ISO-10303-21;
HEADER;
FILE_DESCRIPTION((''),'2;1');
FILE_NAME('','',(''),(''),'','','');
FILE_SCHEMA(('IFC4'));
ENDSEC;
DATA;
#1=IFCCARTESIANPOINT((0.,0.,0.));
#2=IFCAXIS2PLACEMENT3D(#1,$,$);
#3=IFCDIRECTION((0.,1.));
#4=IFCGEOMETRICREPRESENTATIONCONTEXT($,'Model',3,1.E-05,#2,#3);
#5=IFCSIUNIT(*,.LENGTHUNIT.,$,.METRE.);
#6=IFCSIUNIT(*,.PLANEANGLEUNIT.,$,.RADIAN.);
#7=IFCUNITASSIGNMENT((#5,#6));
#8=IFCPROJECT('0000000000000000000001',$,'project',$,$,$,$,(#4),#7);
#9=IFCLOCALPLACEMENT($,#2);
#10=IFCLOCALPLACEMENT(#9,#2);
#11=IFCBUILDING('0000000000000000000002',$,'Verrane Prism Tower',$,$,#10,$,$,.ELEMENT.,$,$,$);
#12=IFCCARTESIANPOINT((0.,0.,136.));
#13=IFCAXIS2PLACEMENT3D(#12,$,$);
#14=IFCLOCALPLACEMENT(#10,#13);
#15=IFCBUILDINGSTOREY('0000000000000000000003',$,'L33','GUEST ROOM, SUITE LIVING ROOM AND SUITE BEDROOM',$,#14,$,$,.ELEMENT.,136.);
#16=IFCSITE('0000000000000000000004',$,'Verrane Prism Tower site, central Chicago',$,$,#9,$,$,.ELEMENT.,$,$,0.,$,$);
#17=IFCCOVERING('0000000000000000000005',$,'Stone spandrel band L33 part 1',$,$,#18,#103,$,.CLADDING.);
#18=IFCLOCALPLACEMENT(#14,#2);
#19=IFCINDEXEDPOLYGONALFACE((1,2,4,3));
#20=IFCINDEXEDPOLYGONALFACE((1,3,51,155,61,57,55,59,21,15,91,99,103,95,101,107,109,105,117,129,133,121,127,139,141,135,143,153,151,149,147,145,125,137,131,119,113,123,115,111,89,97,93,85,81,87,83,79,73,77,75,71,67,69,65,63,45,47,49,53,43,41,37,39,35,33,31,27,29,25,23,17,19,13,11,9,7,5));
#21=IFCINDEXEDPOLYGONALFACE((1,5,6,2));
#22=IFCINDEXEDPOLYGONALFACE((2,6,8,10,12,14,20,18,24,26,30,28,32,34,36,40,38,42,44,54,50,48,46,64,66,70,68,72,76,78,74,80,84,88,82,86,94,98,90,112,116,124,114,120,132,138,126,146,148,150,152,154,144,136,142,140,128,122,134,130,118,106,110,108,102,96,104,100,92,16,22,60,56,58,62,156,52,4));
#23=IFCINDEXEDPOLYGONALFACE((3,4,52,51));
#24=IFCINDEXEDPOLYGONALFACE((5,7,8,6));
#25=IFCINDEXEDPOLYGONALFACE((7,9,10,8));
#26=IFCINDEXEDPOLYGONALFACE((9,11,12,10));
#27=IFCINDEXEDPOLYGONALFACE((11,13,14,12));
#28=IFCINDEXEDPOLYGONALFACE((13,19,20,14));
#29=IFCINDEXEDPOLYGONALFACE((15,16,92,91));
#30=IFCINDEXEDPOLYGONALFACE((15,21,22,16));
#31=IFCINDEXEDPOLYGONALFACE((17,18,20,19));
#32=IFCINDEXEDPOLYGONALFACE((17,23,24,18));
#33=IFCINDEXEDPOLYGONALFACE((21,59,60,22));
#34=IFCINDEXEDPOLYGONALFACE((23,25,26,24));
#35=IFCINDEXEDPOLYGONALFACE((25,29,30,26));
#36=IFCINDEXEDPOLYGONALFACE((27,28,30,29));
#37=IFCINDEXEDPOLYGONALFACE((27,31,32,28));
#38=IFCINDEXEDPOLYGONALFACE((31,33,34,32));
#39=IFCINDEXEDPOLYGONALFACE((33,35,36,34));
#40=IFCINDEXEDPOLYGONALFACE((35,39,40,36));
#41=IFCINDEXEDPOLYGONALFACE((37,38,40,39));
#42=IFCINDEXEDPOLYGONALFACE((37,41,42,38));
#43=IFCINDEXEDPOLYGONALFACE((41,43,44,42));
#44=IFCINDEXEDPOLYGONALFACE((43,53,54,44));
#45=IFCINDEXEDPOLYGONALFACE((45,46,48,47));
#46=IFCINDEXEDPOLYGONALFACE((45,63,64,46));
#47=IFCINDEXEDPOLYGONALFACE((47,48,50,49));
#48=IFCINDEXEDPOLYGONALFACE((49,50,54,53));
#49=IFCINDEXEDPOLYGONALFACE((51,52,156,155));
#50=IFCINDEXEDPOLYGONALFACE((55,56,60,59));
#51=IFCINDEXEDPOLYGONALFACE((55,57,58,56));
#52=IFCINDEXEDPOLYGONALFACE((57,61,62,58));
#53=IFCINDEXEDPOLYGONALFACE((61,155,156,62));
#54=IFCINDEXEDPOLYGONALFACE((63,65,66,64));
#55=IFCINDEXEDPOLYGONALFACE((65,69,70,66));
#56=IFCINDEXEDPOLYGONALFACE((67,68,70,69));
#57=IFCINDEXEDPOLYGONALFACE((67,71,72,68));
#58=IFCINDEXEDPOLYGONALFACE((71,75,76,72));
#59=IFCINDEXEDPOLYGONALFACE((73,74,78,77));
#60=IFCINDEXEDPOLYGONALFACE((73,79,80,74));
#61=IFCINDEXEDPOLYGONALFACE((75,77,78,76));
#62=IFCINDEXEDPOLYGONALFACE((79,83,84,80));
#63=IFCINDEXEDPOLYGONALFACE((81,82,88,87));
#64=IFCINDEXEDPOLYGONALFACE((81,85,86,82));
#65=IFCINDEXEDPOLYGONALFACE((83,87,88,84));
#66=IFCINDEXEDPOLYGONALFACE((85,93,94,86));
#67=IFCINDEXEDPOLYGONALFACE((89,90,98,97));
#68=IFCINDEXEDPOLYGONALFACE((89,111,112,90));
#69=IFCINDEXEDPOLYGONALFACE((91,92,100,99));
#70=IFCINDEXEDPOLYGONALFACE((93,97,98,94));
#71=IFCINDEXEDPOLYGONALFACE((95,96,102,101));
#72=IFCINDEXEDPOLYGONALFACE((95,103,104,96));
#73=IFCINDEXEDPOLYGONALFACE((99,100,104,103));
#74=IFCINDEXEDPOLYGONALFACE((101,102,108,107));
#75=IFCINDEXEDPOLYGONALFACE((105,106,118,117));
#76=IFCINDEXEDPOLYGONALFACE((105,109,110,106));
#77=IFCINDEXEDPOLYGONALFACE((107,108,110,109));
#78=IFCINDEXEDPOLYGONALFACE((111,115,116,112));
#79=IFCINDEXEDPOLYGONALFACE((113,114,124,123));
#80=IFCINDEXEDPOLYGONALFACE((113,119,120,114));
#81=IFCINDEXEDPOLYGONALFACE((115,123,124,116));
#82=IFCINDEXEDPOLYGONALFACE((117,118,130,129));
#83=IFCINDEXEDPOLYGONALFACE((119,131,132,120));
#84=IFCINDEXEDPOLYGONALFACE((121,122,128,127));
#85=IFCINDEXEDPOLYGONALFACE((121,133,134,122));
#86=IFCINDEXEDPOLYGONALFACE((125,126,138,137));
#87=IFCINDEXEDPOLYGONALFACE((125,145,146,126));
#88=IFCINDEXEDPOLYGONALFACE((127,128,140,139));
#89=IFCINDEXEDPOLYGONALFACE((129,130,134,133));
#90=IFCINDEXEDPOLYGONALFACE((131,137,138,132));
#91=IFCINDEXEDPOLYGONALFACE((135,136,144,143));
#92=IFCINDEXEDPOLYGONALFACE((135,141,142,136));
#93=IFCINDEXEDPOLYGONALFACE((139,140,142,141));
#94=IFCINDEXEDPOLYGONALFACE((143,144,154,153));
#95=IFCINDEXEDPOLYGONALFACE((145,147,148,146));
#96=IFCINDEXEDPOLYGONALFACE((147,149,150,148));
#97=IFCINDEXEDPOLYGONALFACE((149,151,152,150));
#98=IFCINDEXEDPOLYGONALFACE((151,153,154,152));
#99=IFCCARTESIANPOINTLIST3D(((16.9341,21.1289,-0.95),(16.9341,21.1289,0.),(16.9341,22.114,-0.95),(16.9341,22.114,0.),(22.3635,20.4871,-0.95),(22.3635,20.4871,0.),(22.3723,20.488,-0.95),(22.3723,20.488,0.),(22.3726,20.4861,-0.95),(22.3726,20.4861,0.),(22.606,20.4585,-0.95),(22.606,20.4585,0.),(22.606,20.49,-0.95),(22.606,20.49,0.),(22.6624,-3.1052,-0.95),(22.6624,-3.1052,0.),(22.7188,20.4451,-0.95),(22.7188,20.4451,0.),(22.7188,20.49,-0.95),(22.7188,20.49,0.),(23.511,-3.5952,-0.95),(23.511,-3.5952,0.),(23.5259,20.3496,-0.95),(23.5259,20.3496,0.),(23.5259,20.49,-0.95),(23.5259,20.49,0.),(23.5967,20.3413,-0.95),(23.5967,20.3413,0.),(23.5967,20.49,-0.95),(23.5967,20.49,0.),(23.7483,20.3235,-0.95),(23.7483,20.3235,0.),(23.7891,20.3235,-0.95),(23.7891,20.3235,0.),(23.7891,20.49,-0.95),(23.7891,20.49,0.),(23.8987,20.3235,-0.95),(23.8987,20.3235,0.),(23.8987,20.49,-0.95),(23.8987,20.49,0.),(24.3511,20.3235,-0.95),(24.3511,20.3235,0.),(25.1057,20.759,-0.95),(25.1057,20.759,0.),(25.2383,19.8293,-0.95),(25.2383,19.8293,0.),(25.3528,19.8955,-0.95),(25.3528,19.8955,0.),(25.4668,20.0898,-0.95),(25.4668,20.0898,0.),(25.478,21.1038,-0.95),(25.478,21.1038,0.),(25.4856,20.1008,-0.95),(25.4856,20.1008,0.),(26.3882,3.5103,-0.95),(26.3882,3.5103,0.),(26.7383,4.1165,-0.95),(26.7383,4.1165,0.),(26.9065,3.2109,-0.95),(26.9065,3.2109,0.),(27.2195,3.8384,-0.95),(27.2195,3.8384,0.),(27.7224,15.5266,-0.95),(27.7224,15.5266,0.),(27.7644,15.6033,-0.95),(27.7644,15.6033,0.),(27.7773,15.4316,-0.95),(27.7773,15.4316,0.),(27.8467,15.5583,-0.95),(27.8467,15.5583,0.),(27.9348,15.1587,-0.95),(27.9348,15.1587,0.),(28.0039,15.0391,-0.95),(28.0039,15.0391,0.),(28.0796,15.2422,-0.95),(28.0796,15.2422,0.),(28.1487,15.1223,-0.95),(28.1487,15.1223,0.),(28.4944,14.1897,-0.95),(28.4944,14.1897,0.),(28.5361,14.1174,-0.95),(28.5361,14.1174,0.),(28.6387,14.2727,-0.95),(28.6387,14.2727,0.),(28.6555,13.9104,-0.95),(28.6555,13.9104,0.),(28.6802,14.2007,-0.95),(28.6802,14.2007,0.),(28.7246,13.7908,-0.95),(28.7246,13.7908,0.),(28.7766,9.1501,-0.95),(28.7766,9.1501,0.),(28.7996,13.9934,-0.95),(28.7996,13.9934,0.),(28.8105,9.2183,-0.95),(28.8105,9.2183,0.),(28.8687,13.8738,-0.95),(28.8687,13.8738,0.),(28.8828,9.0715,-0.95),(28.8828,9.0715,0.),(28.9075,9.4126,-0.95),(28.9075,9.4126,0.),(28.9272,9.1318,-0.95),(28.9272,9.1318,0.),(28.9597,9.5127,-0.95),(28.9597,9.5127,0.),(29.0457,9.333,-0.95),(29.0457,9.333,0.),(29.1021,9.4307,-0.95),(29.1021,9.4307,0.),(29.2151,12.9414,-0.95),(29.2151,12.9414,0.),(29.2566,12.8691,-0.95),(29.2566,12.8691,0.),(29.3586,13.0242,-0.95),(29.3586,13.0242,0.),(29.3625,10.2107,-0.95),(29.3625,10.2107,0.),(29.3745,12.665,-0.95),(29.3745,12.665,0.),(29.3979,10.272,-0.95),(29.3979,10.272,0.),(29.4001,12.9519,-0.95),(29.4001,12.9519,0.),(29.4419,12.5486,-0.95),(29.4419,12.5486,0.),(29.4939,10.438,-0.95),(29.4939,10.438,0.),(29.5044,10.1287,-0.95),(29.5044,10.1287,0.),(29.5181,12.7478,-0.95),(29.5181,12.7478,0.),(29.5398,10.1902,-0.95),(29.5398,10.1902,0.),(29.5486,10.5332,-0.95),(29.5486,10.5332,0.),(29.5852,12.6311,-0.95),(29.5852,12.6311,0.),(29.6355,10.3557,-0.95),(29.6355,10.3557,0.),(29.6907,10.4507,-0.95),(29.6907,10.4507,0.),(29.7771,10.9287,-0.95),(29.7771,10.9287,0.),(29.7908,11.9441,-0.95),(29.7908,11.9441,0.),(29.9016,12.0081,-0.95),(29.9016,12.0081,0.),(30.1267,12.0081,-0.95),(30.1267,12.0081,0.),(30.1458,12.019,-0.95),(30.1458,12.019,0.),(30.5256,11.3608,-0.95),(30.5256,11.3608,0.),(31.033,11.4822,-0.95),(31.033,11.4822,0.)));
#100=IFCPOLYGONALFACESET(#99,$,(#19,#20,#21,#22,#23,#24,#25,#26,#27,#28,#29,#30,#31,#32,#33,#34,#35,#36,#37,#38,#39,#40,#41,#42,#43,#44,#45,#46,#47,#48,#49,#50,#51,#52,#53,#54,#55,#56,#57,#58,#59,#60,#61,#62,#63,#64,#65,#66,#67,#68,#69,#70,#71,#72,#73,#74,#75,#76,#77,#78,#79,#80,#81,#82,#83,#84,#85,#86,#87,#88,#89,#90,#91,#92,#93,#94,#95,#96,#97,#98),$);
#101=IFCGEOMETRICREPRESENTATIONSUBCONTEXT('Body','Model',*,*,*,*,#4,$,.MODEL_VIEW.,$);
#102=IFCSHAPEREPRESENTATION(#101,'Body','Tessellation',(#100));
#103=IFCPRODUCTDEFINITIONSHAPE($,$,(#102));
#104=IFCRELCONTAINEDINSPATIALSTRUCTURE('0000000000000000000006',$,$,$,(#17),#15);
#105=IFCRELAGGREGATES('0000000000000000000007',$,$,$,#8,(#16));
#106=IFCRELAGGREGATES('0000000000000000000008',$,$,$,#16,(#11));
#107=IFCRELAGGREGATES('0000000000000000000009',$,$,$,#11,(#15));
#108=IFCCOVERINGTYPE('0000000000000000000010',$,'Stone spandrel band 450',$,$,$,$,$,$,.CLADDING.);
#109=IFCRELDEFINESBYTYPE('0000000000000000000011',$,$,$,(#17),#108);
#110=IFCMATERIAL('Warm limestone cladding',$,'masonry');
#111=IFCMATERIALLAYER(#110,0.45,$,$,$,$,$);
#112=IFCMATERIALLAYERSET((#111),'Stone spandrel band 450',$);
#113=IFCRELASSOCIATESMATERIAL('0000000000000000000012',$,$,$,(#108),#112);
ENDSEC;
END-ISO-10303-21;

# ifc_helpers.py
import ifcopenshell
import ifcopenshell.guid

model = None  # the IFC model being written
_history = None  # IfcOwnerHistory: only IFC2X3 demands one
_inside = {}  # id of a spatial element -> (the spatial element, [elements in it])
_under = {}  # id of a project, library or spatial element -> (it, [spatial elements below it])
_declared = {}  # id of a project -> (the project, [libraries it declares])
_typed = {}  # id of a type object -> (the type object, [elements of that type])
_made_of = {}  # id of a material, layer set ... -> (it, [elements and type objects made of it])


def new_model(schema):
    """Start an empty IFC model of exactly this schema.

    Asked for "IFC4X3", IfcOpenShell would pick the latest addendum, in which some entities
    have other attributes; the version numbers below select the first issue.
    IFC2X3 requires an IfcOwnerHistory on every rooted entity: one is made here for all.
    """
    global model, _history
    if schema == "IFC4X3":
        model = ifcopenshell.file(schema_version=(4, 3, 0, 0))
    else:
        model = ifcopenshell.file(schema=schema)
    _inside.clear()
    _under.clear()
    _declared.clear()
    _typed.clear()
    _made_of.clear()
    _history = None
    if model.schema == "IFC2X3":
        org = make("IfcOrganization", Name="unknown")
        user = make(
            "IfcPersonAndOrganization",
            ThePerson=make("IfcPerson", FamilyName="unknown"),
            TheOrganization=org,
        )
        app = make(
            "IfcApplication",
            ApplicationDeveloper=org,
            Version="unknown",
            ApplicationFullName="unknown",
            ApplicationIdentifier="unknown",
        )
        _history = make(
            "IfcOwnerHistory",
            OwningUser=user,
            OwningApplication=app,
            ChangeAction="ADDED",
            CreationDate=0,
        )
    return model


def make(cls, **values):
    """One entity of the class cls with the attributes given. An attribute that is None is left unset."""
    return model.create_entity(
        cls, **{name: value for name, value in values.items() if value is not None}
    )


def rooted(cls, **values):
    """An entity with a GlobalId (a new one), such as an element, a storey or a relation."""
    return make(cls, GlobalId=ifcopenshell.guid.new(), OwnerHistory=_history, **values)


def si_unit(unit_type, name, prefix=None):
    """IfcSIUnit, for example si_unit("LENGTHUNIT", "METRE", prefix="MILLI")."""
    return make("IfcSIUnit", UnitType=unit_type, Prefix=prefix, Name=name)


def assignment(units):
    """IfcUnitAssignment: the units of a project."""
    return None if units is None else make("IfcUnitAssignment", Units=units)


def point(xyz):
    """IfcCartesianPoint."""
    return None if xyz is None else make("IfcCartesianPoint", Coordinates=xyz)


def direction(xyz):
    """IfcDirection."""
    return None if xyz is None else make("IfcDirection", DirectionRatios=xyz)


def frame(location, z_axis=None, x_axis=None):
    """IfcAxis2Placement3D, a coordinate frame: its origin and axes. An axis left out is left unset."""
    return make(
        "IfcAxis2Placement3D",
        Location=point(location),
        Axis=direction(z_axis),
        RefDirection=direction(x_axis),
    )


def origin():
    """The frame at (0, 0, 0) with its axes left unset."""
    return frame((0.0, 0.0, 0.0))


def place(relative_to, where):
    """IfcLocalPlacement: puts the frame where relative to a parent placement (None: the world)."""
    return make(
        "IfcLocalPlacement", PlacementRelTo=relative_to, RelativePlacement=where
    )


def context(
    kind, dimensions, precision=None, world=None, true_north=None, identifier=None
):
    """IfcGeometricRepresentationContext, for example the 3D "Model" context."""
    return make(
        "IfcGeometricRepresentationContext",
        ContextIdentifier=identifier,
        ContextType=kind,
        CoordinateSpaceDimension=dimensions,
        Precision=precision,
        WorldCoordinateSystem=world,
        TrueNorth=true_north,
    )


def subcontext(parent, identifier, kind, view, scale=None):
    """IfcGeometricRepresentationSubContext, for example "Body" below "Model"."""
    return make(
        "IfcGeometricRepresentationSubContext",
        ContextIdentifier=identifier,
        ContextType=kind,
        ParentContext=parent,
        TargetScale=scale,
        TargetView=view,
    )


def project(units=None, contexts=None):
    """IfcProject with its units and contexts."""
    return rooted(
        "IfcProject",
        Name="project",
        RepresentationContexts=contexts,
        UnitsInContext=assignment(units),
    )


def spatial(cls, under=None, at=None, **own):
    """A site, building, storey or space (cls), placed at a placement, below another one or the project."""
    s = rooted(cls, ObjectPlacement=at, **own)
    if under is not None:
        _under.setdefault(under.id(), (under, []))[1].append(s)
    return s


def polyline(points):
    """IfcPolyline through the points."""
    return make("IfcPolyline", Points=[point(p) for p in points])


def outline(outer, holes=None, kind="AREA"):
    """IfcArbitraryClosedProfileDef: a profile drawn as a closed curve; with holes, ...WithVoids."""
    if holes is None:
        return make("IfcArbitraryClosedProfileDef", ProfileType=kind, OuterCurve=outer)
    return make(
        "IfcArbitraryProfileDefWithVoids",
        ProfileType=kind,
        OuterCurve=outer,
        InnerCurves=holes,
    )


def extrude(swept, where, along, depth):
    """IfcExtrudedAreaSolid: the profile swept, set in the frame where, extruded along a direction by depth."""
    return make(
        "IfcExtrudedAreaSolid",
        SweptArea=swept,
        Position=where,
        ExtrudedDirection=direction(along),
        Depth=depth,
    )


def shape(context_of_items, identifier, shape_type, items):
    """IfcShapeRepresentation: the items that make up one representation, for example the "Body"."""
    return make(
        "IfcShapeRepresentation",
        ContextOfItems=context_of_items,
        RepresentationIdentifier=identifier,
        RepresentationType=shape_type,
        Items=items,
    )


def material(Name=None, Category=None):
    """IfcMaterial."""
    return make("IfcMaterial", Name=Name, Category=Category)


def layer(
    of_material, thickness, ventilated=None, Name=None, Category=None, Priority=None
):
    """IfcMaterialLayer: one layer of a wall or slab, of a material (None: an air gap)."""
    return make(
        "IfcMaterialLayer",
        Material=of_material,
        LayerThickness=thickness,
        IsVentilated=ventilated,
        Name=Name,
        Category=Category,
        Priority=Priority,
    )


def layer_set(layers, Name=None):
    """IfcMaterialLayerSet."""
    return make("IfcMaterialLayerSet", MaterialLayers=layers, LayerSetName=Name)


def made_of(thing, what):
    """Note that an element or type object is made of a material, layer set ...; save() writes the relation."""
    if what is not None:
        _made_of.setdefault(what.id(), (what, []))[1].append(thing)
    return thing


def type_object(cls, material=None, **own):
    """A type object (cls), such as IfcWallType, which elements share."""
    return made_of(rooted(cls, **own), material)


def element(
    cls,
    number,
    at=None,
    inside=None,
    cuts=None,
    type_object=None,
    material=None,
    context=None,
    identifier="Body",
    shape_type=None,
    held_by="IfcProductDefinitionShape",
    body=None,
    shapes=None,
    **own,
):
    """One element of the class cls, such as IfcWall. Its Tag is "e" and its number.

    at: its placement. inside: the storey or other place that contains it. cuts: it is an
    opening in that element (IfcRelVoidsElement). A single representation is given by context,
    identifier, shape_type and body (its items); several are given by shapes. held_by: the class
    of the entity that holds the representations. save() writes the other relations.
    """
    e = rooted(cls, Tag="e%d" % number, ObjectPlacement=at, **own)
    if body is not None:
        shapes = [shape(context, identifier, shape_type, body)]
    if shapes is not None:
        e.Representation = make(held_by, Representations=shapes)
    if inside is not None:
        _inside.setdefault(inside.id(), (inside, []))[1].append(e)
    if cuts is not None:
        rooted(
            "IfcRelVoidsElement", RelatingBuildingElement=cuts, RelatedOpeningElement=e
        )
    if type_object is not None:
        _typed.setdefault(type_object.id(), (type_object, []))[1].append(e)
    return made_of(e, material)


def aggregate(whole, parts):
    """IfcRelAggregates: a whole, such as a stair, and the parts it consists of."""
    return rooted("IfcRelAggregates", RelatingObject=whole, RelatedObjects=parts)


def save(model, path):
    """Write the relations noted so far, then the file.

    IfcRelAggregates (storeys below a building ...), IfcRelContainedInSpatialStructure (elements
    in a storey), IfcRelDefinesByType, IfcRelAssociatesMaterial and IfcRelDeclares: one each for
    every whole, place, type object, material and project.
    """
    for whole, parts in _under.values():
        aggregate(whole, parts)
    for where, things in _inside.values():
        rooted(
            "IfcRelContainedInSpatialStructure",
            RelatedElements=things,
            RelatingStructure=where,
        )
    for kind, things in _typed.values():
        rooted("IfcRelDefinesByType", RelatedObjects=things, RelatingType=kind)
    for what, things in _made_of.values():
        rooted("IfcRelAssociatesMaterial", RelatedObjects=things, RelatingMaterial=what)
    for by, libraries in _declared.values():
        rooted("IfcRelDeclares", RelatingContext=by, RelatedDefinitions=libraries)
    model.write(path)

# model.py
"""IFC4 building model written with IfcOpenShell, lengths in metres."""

from ifc_helpers import new_model, si_unit, direction, frame, origin, place, context, subcontext, project, spatial, polyline, outline, extrude, material, layer, layer_set, type_object, element, save


model = new_model("IFC4")

# Units and contexts
model_context = context("Model", 3, precision=1e-05, world=origin(), true_north=direction((0.0, 1.0)))
body_context = subcontext(model_context, "Body", "Model", "MODEL_VIEW")
ifc_project = project(units=[si_unit("LENGTHUNIT", "METRE"), si_unit("PLANEANGLEUNIT", "RADIAN")], contexts=[model_context])

# Site, building, storey
site_placement = place(None, origin())
site = spatial("IfcSite", under=ifc_project, at=site_placement, Name="Verrane Prism Tower site, central Chicago", CompositionType="ELEMENT", RefElevation=0.0)
building_placement = place(site_placement, origin())
building = spatial("IfcBuilding", under=site, at=building_placement, Name="Verrane Prism Tower", CompositionType="ELEMENT")
storey_placement = place(building_placement, frame((0.0, 0.0, 136.0)))
storey = spatial("IfcBuildingStorey", under=building, at=storey_placement, Name="L33", Description="GUEST ROOM, SUITE LIVING ROOM AND SUITE BEDROOM", CompositionType="ELEMENT", Elevation=136.0)

# Covering
ifc_material_1 = material(Name="Warm limestone cladding", Category="masonry")
ifc_layer_1 = layer(ifc_material_1, 0.45)
ifc_layer_set_1 = layer_set([ifc_layer_1], Name="Stone spandrel band 450")
covering_type = type_object("IfcCoveringType", Name="Stone spandrel band 450", PredefinedType="CLADDING", material=ifc_layer_set_1)
covering_1_placement = place(storey_placement, frame((0.0, 0.0, -0.95)))
element("IfcCovering", 1, at=covering_1_placement, inside=storey, type_object=covering_type, Name="Stone spandrel band L33 part 1", PredefinedType="CLADDING", context=body_context, shape_type="SweptSolid", body=[
    extrude(outline(polyline([(22.3726, 20.4861), (22.606, 20.4585), (22.606, 20.49), (22.7188, 20.49), (22.7188, 20.4451), (23.5259, 20.3496), (23.5259, 20.49), (23.5967, 20.49), (23.5967, 20.3413), (23.7483, 20.3235), (23.7891, 20.3235), (23.7891, 20.49), (23.8987, 20.49), (23.8987, 20.3235), (24.3511, 20.3235), (25.1057, 20.759), (25.4856, 20.1008), (25.4668, 20.0898), (25.3528, 19.8955), (25.2383, 19.8293), (27.7224, 15.5266), (27.7644, 15.6033), (27.8467, 15.5583), (27.7773, 15.4316), (27.9348, 15.1587), (28.0796, 15.2422), (28.1487, 15.1223), (28.0039, 15.0391), (28.4944, 14.1897), (28.6387, 14.2727), (28.6802, 14.2007), (28.5361, 14.1174), (28.6555, 13.9104), (28.7996, 13.9934), (28.8687, 13.8738), (28.7246, 13.7908), (29.2151, 12.9414), (29.3586, 13.0242), (29.4001, 12.9519), (29.2566, 12.8691), (29.3745, 12.665), (29.5181, 12.7478), (29.5852, 12.6311), (29.4419, 12.5486), (29.7908, 11.9441), (29.9016, 12.0081), (30.1267, 12.0081), (30.1458, 12.019), (30.5256, 11.3608), (29.7771, 10.9287), (29.5486, 10.5332), (29.6907, 10.4507), (29.6355, 10.3557), (29.4939, 10.438), (29.3979, 10.272), (29.5398, 10.1902), (29.5044, 10.1287), (29.3625, 10.2107), (28.9597, 9.5127), (29.1021, 9.4307), (29.0457, 9.333), (28.9075, 9.4126), (28.8105, 9.2183), (28.9272, 9.1318), (28.8828, 9.0715), (28.7766, 9.1501), (22.6624, -3.1052), (23.511, -3.5952), (26.9065, 3.2109), (26.3882, 3.5103), (26.7383, 4.1165), (27.2195, 3.8384), (31.033, 11.4822), (25.478, 21.1038), (16.9341, 22.114), (16.9341, 21.1289), (22.3635, 20.4871), (22.3723, 20.488), (22.3726, 20.4861)])), origin(), (0.0, 0.0, 1.0), 0.95),
])

save(model, "model.ifc")
